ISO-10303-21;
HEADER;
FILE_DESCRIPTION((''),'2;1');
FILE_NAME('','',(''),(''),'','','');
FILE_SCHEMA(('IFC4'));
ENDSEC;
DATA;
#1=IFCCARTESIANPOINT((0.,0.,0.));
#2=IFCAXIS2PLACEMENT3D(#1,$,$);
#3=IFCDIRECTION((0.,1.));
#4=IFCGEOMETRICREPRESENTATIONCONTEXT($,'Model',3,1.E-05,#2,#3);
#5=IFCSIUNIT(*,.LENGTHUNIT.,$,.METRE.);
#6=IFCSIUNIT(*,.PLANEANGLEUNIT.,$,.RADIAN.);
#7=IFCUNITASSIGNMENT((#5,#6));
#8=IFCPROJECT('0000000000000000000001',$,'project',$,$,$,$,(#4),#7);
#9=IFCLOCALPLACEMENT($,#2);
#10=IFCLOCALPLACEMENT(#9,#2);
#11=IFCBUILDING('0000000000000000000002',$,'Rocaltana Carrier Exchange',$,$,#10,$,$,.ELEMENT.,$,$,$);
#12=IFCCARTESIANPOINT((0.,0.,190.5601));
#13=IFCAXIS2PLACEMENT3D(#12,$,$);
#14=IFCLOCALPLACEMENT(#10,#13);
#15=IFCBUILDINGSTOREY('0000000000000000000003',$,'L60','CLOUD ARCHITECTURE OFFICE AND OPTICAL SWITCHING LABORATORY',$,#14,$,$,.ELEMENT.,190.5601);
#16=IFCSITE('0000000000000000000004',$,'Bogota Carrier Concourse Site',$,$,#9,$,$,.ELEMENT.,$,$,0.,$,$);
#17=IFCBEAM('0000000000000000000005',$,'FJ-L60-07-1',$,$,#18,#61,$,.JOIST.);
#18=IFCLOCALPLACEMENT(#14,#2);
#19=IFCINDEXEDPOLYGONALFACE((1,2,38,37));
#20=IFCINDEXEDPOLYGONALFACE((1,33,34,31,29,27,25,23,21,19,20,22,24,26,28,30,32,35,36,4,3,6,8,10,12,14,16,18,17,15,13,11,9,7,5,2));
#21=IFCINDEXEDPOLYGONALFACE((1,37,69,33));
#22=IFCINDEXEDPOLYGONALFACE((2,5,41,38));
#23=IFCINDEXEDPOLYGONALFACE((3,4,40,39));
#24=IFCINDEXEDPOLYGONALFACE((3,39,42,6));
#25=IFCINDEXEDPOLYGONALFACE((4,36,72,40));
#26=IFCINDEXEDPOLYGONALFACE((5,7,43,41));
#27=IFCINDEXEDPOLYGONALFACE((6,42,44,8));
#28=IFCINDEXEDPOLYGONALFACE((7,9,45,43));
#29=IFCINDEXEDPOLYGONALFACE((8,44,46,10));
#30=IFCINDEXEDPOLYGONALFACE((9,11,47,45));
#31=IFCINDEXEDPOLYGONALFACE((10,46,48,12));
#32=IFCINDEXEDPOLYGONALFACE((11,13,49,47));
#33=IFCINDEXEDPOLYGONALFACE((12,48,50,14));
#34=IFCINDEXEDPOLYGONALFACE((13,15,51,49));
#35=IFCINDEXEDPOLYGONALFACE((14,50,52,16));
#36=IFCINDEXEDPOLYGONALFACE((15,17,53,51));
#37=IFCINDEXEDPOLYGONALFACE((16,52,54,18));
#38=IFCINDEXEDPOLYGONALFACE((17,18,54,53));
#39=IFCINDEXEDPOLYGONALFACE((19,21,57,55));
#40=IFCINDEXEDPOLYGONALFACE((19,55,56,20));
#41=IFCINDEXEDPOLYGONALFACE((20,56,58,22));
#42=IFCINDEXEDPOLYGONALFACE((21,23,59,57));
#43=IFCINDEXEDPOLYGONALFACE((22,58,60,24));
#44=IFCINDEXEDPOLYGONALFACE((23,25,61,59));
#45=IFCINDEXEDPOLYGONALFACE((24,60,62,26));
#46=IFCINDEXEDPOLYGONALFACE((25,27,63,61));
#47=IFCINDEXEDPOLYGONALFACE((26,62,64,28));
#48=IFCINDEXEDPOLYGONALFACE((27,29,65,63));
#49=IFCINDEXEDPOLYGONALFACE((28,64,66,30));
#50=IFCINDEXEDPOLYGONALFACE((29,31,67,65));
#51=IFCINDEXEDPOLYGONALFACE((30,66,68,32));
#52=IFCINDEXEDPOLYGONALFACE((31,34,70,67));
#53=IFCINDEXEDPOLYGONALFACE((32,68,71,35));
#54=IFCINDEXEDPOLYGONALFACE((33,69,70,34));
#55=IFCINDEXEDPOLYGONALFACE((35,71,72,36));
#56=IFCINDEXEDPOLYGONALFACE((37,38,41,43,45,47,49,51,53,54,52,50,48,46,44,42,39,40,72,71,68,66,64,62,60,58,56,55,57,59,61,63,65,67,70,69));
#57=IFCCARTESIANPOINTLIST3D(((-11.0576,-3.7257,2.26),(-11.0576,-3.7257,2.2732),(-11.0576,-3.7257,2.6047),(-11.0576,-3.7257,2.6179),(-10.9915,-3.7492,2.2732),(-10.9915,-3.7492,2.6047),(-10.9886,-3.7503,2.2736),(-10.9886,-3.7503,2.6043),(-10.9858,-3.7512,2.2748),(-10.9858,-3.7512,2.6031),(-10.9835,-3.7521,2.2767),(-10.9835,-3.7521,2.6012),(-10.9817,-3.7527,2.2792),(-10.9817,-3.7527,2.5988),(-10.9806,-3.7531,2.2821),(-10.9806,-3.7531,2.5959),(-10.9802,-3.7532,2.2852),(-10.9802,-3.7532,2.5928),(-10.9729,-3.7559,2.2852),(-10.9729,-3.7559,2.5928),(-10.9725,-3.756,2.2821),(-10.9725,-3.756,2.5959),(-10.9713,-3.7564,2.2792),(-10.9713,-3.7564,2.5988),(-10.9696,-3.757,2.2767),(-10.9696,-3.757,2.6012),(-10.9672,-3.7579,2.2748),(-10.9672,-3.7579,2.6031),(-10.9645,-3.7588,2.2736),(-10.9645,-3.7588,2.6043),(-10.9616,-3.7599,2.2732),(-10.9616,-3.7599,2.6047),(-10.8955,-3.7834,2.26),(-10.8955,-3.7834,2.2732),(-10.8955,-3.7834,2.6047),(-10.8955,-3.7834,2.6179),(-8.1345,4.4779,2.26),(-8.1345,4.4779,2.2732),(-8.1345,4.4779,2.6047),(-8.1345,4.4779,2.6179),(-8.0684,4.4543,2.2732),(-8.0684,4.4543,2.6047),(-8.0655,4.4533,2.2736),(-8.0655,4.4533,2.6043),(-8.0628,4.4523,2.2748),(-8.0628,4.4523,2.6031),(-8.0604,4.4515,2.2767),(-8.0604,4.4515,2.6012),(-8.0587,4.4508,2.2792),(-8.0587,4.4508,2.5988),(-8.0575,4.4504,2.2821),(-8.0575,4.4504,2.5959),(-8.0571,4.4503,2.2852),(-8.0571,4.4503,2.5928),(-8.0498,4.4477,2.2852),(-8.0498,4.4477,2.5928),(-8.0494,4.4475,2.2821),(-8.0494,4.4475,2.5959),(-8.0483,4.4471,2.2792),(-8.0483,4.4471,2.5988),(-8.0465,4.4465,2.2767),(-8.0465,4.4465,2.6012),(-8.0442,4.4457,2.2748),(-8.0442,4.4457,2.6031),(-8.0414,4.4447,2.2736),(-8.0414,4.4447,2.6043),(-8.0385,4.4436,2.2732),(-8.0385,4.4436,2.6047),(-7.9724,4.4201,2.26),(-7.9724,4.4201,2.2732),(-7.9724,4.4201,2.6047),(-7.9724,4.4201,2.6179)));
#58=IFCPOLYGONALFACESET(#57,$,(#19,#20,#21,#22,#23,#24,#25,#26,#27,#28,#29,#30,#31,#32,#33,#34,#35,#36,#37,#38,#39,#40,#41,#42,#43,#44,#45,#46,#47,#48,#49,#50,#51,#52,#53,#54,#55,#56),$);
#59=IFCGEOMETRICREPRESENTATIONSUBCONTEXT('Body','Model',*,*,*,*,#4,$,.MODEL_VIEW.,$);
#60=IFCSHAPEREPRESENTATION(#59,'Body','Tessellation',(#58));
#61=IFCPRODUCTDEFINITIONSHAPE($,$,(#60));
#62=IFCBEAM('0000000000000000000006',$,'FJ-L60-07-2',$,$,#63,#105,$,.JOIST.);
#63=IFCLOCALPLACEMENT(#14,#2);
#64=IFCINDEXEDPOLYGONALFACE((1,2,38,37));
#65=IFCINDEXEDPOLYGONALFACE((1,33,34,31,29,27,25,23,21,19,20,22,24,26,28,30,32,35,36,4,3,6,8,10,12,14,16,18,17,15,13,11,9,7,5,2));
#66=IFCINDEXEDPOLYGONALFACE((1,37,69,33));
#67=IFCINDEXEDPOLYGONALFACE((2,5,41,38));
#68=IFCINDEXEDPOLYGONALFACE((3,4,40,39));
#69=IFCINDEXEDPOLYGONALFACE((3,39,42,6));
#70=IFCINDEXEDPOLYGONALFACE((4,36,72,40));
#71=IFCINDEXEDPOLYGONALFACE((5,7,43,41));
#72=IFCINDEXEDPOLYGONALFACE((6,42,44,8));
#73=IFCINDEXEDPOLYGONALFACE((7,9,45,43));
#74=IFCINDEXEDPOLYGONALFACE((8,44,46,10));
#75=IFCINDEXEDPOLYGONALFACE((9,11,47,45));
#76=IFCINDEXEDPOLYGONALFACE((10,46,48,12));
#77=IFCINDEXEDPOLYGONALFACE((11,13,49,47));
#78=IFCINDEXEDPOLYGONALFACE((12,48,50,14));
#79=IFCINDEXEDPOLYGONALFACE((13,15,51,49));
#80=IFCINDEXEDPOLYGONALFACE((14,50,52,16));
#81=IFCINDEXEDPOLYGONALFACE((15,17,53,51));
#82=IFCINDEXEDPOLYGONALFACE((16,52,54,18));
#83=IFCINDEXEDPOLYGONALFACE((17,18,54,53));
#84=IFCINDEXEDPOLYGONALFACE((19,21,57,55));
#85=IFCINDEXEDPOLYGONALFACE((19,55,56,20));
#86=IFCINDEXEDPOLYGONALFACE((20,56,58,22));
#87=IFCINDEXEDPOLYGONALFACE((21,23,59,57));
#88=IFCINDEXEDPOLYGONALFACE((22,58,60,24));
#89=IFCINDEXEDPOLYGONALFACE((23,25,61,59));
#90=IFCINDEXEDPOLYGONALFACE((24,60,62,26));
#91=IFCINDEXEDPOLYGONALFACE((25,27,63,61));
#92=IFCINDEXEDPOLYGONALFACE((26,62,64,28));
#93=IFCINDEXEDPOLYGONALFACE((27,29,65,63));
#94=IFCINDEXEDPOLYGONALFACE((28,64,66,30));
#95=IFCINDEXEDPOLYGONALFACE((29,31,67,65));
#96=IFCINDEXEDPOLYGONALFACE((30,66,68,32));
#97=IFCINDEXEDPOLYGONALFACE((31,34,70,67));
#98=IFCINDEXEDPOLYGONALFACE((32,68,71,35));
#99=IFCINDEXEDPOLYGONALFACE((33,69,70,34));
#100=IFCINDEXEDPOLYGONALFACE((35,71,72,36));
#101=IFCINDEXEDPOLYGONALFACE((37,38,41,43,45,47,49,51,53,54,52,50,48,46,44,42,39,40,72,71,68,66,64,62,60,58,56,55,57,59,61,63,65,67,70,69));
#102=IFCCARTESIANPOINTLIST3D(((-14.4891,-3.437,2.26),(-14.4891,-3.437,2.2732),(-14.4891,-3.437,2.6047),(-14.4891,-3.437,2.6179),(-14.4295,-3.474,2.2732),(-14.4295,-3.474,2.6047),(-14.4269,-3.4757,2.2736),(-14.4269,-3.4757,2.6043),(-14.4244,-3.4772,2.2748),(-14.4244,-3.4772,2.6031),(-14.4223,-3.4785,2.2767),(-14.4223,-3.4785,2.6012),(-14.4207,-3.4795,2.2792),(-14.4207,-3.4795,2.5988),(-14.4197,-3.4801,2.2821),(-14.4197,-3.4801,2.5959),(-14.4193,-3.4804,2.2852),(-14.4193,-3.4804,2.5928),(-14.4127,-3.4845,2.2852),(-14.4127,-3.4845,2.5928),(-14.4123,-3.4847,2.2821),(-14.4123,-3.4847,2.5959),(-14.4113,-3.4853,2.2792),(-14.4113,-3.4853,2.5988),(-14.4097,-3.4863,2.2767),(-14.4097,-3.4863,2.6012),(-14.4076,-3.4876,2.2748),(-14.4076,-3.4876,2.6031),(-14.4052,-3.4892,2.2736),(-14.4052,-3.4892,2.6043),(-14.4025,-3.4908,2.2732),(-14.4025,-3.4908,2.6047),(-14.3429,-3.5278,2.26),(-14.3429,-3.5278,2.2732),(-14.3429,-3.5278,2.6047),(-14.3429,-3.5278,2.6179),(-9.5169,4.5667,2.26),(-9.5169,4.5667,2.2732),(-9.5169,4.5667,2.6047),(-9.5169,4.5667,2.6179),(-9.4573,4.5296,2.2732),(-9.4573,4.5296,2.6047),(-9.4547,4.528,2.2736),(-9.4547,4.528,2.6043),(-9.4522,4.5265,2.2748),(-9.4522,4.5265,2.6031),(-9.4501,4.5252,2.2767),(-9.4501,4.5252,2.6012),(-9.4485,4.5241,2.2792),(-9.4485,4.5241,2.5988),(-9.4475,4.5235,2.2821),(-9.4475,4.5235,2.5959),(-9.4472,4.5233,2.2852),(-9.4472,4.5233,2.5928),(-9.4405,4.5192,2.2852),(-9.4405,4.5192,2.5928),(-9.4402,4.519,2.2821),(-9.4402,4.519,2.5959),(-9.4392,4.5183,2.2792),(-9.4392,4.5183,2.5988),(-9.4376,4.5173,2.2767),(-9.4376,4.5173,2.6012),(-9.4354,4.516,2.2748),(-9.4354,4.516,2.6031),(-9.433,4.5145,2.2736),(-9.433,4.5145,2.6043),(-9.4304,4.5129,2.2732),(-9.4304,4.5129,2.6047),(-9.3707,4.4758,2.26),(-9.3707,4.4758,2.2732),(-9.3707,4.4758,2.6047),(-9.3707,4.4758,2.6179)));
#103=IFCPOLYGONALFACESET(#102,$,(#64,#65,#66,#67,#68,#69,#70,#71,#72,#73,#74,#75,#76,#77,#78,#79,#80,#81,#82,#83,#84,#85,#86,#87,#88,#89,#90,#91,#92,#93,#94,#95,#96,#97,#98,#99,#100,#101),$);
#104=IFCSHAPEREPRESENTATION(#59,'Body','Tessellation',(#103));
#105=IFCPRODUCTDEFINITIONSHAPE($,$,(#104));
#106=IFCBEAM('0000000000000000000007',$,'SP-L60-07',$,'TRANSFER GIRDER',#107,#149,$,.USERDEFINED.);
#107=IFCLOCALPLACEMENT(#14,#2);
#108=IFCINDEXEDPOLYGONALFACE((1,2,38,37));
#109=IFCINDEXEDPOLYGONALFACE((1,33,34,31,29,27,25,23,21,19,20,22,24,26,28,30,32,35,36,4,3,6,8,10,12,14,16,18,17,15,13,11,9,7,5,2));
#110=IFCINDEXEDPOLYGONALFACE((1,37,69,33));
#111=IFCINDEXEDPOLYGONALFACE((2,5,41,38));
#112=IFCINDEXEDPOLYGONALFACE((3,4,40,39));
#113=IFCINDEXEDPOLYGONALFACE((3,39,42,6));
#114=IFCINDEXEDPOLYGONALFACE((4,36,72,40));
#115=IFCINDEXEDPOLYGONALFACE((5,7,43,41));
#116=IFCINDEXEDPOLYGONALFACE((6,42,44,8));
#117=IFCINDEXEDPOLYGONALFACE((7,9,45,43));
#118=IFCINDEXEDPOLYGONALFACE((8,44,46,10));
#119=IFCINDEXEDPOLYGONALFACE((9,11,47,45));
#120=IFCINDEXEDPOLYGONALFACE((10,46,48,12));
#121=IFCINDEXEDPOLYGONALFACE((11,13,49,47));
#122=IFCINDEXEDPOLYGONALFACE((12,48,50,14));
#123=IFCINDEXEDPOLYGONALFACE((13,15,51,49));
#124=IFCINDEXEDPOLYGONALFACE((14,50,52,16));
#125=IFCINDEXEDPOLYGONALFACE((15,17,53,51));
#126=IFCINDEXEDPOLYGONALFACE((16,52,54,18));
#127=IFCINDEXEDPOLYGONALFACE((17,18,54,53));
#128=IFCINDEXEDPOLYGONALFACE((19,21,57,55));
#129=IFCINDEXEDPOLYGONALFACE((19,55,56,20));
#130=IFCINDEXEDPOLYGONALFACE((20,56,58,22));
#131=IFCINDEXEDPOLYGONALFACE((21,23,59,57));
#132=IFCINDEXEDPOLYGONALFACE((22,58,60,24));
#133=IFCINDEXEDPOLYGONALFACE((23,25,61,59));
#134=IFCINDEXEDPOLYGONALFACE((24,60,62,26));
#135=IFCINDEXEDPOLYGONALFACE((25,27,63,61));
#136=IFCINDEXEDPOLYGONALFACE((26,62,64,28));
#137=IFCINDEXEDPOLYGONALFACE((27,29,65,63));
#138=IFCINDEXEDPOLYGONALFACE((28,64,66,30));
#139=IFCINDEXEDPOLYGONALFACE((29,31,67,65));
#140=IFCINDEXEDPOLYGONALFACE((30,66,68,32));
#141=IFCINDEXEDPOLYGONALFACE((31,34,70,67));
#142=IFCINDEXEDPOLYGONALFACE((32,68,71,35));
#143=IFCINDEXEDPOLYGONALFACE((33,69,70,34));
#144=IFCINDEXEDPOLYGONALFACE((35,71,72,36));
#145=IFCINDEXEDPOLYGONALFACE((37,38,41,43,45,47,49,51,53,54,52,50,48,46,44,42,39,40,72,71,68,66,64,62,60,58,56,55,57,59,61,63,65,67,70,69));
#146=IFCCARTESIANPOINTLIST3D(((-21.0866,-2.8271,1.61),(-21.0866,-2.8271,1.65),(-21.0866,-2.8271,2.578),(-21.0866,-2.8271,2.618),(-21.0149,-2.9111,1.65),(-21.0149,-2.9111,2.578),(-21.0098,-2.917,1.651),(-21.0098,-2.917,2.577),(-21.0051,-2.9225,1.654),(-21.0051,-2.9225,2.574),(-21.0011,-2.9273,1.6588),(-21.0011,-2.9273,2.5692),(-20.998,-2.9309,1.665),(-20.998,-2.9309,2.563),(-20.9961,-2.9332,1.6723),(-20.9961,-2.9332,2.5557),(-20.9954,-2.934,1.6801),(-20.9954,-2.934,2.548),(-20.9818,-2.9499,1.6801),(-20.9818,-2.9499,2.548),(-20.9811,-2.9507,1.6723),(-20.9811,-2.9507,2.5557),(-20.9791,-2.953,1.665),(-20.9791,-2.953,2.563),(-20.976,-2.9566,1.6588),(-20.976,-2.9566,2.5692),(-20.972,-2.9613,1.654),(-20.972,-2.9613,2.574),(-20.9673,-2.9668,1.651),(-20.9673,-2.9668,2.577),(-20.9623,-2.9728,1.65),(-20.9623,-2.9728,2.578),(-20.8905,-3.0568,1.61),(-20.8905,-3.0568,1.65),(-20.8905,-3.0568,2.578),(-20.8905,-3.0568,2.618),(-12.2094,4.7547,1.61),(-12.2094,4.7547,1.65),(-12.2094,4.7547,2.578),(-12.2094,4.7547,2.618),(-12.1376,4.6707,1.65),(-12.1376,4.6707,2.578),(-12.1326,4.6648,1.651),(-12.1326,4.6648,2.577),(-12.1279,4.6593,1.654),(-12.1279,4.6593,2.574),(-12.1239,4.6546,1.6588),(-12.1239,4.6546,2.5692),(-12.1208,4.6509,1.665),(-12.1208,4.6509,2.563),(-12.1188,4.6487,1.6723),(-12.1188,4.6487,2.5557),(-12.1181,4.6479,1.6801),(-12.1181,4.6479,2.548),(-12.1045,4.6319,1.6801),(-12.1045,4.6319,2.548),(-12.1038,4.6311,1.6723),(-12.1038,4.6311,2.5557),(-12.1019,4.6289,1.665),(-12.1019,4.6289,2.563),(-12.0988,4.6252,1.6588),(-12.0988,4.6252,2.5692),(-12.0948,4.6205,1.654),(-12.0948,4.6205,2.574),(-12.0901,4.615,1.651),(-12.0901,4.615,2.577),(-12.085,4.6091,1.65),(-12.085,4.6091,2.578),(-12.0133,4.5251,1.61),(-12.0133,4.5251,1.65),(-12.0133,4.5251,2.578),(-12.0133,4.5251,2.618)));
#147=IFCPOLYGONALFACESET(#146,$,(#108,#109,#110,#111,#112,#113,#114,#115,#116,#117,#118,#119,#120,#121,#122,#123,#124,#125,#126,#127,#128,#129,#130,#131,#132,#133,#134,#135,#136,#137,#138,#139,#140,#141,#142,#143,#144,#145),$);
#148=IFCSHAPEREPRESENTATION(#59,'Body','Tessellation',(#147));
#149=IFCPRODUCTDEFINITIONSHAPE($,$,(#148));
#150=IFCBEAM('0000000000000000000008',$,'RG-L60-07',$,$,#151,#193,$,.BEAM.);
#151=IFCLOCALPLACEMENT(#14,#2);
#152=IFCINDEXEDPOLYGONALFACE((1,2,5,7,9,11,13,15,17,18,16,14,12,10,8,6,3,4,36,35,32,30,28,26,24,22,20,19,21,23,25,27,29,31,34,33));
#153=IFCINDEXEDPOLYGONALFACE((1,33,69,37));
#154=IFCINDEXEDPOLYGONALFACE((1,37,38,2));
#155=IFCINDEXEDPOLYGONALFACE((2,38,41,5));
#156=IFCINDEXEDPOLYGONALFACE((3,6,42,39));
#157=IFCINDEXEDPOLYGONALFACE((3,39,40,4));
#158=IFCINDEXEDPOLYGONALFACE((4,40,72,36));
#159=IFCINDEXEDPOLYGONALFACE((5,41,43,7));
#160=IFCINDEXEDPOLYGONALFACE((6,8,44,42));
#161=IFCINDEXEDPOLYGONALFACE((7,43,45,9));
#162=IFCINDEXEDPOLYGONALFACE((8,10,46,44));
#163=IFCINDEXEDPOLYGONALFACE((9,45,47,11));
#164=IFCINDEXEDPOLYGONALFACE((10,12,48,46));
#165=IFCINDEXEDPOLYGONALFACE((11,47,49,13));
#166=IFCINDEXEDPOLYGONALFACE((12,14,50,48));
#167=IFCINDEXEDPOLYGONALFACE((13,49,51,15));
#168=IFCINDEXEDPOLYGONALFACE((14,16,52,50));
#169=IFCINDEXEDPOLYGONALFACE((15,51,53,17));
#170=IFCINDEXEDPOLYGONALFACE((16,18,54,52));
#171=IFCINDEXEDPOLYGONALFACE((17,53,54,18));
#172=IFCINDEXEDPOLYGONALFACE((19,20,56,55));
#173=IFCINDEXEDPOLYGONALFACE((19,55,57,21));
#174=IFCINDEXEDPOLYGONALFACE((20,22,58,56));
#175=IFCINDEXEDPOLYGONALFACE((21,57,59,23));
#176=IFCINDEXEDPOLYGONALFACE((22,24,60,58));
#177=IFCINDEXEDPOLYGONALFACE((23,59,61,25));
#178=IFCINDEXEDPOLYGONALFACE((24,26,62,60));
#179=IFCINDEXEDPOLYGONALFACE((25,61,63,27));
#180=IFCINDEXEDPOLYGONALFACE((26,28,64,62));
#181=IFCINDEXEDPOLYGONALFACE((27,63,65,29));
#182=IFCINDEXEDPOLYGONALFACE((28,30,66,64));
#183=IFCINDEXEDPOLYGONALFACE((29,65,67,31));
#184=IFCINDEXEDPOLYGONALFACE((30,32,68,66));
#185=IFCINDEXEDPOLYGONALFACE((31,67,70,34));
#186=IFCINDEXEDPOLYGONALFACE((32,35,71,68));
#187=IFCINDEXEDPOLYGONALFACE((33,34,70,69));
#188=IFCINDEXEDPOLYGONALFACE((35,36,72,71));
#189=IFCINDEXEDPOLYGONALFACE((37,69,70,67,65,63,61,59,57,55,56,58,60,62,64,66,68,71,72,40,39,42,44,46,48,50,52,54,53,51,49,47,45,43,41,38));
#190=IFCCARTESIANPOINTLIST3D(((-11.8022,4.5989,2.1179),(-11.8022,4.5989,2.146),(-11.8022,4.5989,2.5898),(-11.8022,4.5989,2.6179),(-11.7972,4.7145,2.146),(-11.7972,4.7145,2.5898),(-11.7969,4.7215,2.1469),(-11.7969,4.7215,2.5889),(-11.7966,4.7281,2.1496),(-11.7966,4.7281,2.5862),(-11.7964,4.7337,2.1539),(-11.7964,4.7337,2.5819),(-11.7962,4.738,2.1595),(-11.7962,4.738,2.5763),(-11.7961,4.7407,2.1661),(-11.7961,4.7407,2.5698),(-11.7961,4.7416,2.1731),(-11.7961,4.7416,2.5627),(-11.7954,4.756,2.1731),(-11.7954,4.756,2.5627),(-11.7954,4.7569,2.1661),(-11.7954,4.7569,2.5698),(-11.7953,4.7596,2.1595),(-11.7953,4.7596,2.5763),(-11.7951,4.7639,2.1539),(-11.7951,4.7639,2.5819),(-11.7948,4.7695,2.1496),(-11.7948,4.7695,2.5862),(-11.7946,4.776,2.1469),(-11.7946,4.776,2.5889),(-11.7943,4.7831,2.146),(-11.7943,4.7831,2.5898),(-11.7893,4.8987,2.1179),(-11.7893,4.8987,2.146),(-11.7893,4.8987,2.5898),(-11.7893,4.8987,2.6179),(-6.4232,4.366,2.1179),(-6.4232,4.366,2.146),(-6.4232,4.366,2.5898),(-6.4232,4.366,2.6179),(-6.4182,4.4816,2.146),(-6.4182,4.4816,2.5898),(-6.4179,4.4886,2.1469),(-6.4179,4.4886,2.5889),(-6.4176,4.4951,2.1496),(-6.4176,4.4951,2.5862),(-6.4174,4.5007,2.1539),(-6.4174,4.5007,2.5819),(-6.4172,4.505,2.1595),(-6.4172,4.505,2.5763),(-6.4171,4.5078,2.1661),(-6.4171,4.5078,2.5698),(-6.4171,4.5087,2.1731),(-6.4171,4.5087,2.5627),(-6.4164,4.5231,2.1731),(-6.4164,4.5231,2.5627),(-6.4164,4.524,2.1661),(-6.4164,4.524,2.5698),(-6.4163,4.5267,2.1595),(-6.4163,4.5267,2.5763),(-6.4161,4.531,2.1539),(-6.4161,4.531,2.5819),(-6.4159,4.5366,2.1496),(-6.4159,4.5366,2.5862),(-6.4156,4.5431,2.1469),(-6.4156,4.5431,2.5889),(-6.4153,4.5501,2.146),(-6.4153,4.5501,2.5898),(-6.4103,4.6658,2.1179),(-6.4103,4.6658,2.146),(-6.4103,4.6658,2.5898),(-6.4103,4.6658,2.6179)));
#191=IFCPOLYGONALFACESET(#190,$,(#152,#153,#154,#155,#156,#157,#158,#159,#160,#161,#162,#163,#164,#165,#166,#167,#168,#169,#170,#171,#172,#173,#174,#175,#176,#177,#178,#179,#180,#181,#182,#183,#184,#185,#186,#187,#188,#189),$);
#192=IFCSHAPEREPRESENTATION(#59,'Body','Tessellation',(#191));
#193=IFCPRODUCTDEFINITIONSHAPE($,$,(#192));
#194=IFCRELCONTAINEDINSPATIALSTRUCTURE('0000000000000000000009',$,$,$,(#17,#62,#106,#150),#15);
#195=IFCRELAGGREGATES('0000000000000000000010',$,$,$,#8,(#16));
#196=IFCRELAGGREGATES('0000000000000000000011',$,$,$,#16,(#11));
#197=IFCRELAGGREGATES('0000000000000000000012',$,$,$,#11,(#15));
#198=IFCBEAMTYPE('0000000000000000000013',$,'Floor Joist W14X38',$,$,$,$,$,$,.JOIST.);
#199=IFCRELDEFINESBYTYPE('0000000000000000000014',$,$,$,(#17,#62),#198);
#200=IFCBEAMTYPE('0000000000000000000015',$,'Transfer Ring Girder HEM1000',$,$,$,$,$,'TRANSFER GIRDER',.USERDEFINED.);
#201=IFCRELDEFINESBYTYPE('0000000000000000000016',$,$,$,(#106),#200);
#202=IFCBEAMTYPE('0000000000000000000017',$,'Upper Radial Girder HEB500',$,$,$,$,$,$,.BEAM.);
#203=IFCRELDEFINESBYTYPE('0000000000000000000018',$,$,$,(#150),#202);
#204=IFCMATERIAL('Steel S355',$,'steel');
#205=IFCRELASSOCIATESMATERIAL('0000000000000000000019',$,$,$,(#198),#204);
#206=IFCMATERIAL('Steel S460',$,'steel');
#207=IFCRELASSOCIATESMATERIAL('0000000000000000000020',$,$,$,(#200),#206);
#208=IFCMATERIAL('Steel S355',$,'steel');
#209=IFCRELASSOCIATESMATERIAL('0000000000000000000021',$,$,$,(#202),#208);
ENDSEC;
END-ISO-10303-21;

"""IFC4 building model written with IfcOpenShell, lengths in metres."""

from ifc_helpers import new_model, si_unit, direction, frame, origin, origin_2d, place, context, subcontext, project, spatial, i_section, extrude, material, material_profile, profile_set, type_object, element, save


model = new_model("IFC4")

# Units and contexts
model_context = context("Model", 3, precision=1e-05, world=origin(), true_north=direction((0.0, 1.0)))
body_context = subcontext(model_context, "Body", "Model", "MODEL_VIEW")
ifc_project = project(units=[si_unit("LENGTHUNIT", "METRE"), si_unit("PLANEANGLEUNIT", "RADIAN")], contexts=[model_context])

# Site, building, storey
site_placement = place(None, origin())
site = spatial("IfcSite", under=ifc_project, at=site_placement, Name="Bogota Carrier Concourse Site", CompositionType="ELEMENT", RefElevation=0.0)
building_placement = place(site_placement, origin())
building = spatial("IfcBuilding", under=site, at=building_placement, Name="Rocaltana Carrier Exchange", CompositionType="ELEMENT")
storey_placement = place(building_placement, frame((0.0, 0.0, 190.5601)))
storey = spatial("IfcBuildingStorey", under=building, at=storey_placement, Name="L60", Description="CLOUD ARCHITECTURE OFFICE AND OPTICAL SWITCHING LABORATORY", CompositionType="ELEMENT", Elevation=190.5601)

# Beams
ifc_material_1 = material(Name="Steel S355", Category="steel")
ifc_material_profile_1 = material_profile(ifc_material_1, i_section(OverallWidth=0.1721, OverallDepth=0.3579, WebThickness=0.0078, FlangeThickness=0.0132, FilletRadius=0.012, at=origin_2d()), Name="W14X38")
ifc_profile_set_1 = profile_set([ifc_material_profile_1], Name="Steel S355")
beam_type_1 = type_object("IfcBeamType", Name="Floor Joist W14X38", PredefinedType="JOIST", material=ifc_profile_set_1)
beam_1_placement = place(storey_placement, frame((-8.0535, 4.449, 2.439), z_axis=(-0.335647, -0.941988, 0.0), x_axis=(0.941988, -0.335647, 0.0)))
element("IfcBeam", 1, at=beam_1_placement, inside=storey, type_object=beam_type_1, Name="FJ-L60-07-1", PredefinedType="JOIST", context=body_context, shape_type="SweptSolid", body=[
    extrude(i_section(OverallWidth=0.1721, OverallDepth=0.3579, WebThickness=0.0078, FlangeThickness=0.0132, FilletRadius=0.012, at=origin_2d()), origin(), (0.0, 0.0, 1.0), 8.7087),
])
beam_2_placement = place(storey_placement, frame((-9.4438, 4.5212, 2.439), z_axis=(-0.527698, -0.849432, 0.0), x_axis=(0.849432, -0.527698, 0.0)))
element("IfcBeam", 2, at=beam_2_placement, inside=storey, type_object=beam_type_1, Name="FJ-L60-07-2", PredefinedType="JOIST", context=body_context, shape_type="SweptSolid", body=[
    extrude(i_section(OverallWidth=0.1721, OverallDepth=0.3579, WebThickness=0.0078, FlangeThickness=0.0132, FilletRadius=0.012, at=origin_2d()), origin(), (0.0, 0.0, 1.0), 9.4224),
])
ifc_material_2 = material(Name="Steel S460", Category="steel")
ifc_material_profile_2 = material_profile(ifc_material_2, i_section(OverallWidth=0.302, OverallDepth=1.0081, WebThickness=0.021, FlangeThickness=0.04, FilletRadius=0.03, at=origin_2d()), Name="HEM1000")
ifc_profile_set_2 = profile_set([ifc_material_profile_2], Name="Steel S460")
beam_type_2 = type_object("IfcBeamType", Name="Transfer Ring Girder HEM1000", ElementType="TRANSFER GIRDER", PredefinedType="USERDEFINED", material=ifc_profile_set_2)
beam_3_placement = place(storey_placement, frame((-12.1113, 4.6399, 2.114), z_axis=(-0.760408, -0.649445, 0.0), x_axis=(0.649445, -0.760408, 0.0)))
element("IfcBeam", 3, at=beam_3_placement, inside=storey, type_object=beam_type_2, Name="SP-L60-07", ObjectType="TRANSFER GIRDER", PredefinedType="USERDEFINED", context=body_context, shape_type="SweptSolid", body=[
    extrude(i_section(OverallWidth=0.302, OverallDepth=1.0081, WebThickness=0.021, FlangeThickness=0.04, FilletRadius=0.03, at=origin_2d()), origin(), (0.0, 0.0, 1.0), 11.6743),
])
ifc_material_3 = material(Name="Steel S355", Category="steel")
ifc_material_profile_3 = material_profile(ifc_material_3, i_section(OverallWidth=0.3, OverallDepth=0.5, WebThickness=0.0144, FlangeThickness=0.0281, FilletRadius=0.0271, at=origin_2d()), Name="HEB500")
ifc_profile_set_3 = profile_set([ifc_material_profile_3], Name="Steel S355")
beam_type_3 = type_object("IfcBeamType", Name="Upper Radial Girder HEB500", PredefinedType="BEAM", material=ifc_profile_set_3)
beam_4_placement = place(storey_placement, frame((-6.4167, 4.5159, 2.3679), z_axis=(-0.999064, 0.04326, 0.0), x_axis=(-0.04326, -0.999064, 0.0)))
element("IfcBeam", 4, at=beam_4_placement, inside=storey, type_object=beam_type_3, Name="RG-L60-07", PredefinedType="BEAM", context=body_context, shape_type="SweptSolid", body=[
    extrude(i_section(OverallWidth=0.3, OverallDepth=0.5, WebThickness=0.0144, FlangeThickness=0.0281, FilletRadius=0.0271, at=origin_2d()), origin(), (0.0, 0.0, 1.0), 5.384),
])

save(model, "model.ifc")
